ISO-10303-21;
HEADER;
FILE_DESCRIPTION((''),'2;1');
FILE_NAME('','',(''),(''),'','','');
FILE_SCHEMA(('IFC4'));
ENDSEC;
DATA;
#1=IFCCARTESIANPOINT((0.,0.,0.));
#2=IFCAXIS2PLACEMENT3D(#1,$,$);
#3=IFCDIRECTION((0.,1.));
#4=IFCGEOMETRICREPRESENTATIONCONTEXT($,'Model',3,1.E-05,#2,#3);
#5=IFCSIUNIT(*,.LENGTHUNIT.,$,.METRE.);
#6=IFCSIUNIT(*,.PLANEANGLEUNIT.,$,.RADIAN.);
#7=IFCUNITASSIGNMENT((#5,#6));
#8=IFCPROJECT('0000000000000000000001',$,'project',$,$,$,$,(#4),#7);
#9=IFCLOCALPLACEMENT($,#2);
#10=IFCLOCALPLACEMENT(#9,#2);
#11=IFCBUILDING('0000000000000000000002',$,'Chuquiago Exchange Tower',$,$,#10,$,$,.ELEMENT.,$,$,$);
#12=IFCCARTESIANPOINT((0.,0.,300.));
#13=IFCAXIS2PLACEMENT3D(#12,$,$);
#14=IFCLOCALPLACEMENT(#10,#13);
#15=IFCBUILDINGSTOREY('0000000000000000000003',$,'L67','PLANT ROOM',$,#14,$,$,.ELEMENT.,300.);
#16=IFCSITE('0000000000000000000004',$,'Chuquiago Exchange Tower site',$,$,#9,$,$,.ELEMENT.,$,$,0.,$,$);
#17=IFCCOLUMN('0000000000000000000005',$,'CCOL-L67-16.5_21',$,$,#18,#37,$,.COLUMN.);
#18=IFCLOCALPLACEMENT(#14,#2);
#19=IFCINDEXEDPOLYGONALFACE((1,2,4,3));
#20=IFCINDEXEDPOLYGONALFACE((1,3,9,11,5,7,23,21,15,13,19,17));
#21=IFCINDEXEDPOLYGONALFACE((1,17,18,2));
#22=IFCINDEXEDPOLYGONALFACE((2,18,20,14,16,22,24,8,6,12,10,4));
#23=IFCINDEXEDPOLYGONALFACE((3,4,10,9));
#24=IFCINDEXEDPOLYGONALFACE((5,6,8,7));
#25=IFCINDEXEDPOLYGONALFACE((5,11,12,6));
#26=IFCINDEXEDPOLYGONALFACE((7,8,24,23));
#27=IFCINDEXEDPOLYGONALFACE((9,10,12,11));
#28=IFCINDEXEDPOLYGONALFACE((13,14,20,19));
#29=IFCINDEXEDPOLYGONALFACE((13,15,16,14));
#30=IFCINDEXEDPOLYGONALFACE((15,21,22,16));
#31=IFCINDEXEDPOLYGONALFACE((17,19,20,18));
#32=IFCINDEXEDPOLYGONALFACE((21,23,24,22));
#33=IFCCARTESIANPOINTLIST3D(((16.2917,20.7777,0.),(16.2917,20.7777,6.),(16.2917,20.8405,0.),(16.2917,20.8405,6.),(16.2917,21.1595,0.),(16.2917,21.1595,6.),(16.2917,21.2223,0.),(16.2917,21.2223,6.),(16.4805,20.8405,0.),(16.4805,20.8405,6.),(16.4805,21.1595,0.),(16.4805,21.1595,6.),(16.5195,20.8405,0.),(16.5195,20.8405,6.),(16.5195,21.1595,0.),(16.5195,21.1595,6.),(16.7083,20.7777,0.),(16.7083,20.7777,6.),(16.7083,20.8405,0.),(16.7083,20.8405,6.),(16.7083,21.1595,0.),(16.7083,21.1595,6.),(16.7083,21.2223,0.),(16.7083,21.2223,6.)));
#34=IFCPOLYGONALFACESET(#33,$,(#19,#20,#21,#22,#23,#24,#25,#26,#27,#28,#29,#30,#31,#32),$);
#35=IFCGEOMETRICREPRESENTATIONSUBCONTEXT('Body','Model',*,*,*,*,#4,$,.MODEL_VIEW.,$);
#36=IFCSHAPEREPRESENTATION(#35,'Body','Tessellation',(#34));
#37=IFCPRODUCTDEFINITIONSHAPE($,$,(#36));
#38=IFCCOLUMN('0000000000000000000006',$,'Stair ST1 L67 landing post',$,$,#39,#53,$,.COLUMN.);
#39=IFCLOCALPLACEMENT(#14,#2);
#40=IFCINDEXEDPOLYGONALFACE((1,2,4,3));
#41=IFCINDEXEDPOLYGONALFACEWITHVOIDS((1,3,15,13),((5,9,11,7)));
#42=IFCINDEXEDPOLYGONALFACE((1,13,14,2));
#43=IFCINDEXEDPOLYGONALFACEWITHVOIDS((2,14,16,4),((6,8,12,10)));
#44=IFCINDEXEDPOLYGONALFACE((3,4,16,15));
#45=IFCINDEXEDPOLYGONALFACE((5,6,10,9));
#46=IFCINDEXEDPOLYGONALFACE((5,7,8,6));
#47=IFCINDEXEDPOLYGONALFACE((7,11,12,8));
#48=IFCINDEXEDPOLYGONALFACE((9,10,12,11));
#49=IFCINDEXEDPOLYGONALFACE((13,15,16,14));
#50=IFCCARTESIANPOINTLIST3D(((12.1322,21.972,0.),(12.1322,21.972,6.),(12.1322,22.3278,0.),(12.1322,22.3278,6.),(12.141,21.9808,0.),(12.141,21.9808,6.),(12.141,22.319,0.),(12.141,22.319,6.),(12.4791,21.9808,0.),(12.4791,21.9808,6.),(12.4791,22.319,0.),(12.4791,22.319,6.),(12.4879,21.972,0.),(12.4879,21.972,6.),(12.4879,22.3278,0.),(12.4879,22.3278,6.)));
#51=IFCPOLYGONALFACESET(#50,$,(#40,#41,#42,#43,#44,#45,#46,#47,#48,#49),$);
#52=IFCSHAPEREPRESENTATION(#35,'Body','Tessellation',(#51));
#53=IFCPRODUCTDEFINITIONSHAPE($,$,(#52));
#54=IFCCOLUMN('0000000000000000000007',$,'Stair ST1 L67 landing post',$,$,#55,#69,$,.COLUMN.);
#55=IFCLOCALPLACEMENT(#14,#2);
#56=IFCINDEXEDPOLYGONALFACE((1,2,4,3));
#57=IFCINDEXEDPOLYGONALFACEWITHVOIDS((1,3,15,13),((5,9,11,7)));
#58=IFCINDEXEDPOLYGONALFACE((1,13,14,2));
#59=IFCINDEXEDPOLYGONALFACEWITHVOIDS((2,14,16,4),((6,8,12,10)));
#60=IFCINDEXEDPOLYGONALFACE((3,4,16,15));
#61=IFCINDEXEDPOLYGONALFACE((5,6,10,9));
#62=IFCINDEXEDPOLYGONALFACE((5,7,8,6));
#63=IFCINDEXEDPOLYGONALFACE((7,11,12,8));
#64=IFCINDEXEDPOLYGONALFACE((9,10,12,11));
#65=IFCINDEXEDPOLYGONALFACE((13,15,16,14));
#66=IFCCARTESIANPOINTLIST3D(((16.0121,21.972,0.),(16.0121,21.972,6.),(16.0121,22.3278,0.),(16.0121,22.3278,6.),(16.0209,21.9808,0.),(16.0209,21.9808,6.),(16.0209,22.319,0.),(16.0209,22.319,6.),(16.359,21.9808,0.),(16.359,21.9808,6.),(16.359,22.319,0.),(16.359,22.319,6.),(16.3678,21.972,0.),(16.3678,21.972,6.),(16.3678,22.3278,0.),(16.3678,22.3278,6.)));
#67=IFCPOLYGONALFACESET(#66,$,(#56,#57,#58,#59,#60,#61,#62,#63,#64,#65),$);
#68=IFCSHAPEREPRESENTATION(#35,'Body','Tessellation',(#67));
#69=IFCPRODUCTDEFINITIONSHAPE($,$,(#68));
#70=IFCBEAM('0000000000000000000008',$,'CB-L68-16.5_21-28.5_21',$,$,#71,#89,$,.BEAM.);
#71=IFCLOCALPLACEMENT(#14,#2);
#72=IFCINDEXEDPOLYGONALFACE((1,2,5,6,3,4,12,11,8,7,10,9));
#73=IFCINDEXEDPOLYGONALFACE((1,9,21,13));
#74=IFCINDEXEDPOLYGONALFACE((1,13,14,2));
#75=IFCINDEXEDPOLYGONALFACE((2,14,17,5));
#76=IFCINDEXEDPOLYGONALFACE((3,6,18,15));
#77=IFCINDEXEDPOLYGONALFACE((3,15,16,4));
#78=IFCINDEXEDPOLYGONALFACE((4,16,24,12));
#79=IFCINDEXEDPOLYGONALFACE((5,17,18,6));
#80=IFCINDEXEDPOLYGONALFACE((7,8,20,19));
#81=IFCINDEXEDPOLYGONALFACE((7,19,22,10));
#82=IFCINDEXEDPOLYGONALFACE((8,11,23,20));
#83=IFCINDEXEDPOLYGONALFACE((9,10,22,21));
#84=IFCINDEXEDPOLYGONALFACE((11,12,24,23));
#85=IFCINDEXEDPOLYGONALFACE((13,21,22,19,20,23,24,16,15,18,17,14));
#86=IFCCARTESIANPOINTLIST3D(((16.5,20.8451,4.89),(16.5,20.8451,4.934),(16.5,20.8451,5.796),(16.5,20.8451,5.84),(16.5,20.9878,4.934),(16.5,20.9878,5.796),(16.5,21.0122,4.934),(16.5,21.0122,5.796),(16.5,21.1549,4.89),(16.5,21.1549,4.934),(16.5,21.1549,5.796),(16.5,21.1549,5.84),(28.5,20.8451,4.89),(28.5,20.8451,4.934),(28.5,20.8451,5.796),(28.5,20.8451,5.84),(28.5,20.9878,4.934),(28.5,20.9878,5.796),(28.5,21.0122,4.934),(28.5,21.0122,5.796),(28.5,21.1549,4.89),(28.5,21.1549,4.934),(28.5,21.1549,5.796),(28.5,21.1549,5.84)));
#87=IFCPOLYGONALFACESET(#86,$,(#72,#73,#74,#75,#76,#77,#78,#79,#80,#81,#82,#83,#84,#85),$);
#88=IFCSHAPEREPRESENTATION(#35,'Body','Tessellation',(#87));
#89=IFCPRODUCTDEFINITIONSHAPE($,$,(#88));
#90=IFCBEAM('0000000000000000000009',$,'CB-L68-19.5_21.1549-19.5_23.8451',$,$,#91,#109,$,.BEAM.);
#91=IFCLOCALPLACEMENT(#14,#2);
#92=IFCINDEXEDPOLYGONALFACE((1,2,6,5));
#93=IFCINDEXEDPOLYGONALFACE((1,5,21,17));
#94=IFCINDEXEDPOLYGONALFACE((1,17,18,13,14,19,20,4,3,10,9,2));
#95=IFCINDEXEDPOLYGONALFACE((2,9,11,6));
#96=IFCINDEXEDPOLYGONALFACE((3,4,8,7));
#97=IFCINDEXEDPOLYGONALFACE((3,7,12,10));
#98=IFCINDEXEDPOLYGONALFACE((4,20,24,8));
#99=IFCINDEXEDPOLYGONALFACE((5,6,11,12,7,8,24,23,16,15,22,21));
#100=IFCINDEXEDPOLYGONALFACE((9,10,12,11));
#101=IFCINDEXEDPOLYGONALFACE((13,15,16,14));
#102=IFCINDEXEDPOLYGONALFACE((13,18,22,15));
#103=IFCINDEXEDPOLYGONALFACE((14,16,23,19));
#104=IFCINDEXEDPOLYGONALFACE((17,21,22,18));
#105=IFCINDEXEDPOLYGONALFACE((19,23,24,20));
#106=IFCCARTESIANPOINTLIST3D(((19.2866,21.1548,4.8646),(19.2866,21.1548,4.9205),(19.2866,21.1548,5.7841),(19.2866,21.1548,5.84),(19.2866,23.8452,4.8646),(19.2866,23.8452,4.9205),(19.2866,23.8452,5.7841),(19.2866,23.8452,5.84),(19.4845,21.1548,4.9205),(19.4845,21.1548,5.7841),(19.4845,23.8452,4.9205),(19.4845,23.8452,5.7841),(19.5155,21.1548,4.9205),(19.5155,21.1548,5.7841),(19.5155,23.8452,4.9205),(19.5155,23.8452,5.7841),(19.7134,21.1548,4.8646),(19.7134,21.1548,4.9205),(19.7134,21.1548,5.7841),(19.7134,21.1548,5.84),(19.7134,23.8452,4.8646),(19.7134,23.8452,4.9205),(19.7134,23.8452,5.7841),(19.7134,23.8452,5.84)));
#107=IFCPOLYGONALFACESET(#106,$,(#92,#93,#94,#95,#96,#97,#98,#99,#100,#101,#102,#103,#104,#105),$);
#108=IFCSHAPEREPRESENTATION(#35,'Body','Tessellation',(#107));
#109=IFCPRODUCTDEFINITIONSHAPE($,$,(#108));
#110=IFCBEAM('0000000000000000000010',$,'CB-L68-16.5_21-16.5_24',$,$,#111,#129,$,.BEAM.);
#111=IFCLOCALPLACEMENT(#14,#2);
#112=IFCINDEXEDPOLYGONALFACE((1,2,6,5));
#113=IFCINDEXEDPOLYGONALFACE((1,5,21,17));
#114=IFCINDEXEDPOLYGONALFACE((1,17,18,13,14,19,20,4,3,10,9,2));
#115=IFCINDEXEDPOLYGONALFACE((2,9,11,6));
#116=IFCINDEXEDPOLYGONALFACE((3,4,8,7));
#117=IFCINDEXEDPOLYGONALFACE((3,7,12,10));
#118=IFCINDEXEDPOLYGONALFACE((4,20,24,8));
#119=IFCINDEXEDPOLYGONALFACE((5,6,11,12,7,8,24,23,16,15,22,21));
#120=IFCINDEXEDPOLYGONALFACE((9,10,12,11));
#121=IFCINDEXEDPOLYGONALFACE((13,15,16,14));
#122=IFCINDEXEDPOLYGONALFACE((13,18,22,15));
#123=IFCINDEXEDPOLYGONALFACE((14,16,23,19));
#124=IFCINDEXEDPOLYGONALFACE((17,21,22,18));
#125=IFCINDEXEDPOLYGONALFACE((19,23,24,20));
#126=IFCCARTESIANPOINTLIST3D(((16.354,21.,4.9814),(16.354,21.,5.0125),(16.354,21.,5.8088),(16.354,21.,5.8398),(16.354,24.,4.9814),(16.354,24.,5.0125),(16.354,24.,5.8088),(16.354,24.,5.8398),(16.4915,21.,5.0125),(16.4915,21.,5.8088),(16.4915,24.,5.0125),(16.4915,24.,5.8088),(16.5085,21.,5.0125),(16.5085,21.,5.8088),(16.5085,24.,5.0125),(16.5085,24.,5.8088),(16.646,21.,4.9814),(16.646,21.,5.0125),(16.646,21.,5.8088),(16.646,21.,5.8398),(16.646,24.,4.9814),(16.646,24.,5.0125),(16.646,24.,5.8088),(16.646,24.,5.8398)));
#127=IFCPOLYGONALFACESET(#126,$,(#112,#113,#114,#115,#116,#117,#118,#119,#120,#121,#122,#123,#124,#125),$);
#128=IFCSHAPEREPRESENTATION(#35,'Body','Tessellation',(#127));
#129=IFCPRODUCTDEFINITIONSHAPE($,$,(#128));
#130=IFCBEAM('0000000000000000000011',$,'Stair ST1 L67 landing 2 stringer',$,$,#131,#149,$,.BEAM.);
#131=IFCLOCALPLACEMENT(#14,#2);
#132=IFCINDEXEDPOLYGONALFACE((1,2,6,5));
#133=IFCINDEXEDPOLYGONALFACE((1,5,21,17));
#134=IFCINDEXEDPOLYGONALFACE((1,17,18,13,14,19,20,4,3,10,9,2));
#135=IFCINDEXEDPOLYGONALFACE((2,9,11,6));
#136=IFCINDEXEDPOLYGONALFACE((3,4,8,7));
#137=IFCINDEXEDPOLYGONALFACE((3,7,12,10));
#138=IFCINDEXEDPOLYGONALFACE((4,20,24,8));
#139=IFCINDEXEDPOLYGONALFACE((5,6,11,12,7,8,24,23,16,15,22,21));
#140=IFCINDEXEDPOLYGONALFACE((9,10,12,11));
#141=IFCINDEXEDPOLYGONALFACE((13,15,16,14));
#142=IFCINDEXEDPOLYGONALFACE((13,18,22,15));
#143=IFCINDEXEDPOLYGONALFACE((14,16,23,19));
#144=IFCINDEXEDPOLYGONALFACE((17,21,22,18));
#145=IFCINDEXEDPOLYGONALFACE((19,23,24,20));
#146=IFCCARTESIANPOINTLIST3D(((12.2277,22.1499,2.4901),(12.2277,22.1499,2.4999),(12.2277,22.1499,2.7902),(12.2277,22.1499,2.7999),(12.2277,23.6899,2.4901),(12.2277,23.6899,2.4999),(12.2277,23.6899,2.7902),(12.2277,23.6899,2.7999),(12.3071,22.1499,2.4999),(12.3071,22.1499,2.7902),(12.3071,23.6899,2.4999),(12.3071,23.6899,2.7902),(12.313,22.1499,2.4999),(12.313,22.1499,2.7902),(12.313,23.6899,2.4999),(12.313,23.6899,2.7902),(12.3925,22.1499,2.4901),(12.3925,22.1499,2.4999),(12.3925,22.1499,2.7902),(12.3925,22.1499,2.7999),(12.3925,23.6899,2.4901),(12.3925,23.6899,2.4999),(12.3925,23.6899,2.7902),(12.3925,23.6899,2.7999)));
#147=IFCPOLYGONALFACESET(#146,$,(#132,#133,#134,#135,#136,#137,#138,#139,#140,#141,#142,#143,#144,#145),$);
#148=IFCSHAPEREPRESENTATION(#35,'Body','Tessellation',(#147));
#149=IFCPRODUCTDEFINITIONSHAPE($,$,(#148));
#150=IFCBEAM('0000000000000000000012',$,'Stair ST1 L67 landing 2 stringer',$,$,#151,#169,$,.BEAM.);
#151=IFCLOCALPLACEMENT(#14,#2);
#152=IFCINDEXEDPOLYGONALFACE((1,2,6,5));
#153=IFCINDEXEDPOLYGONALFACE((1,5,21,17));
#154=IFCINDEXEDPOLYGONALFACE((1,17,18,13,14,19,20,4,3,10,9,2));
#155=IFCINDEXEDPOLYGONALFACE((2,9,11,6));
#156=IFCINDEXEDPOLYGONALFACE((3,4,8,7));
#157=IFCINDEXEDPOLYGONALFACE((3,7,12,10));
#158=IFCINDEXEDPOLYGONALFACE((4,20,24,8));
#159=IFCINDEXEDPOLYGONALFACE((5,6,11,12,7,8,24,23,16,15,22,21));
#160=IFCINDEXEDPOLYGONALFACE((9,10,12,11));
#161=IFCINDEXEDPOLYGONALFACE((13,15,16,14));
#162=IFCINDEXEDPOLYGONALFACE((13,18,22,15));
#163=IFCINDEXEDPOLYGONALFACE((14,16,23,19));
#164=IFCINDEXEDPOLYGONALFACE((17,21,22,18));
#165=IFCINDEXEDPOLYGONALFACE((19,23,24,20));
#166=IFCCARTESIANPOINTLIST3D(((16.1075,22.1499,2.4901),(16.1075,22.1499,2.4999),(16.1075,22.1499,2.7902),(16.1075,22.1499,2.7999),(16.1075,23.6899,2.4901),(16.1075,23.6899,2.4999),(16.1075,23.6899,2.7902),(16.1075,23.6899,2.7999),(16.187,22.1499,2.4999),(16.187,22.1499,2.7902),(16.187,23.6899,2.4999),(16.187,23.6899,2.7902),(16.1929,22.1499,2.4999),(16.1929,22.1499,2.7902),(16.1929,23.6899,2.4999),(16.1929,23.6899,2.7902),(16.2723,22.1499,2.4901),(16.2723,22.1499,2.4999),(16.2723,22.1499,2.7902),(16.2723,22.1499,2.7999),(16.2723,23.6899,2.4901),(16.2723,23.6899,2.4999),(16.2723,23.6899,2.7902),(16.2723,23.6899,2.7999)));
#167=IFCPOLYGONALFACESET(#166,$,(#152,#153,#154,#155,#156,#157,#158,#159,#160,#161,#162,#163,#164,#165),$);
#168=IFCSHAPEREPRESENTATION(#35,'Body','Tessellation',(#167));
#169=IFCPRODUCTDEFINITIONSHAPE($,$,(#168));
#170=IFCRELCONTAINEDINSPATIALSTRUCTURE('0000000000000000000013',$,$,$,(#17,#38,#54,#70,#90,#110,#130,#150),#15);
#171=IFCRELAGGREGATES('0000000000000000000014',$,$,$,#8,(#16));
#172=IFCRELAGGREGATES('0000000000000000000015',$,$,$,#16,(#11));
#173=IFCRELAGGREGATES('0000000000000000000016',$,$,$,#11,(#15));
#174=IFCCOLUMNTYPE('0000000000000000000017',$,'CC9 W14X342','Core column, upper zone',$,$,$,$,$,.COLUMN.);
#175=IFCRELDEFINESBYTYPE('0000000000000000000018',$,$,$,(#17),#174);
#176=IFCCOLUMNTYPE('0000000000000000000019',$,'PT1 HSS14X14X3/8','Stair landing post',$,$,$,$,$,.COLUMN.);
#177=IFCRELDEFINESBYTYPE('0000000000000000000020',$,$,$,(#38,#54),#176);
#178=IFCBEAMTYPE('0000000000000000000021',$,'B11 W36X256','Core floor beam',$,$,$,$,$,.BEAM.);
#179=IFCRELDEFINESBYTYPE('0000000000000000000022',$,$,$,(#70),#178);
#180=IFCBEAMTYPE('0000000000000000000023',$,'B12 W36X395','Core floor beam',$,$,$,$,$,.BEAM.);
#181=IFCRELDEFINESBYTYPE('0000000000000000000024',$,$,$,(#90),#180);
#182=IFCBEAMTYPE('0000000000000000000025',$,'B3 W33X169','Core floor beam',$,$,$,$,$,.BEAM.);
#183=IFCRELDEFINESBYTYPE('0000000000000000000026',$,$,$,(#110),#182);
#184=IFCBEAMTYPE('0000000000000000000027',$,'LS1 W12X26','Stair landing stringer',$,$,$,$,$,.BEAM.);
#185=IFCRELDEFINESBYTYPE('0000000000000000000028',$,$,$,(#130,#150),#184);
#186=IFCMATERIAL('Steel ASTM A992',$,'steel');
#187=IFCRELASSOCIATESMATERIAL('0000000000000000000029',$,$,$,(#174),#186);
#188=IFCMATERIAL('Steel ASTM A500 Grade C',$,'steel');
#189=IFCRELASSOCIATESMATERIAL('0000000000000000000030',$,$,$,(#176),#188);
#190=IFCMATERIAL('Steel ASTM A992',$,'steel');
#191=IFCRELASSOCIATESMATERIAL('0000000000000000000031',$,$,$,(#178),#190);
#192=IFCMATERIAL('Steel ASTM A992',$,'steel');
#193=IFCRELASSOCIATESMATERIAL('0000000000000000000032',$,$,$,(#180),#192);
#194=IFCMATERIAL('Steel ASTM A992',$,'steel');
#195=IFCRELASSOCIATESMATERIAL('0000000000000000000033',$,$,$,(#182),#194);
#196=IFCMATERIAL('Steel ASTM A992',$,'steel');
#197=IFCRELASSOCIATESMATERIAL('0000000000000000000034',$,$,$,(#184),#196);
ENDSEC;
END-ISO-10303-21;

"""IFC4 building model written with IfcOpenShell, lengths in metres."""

from ifc_helpers import new_model, si_unit, direction, frame, origin, origin_2d, place, context, subcontext, project, spatial, hollow_rectangle, i_section, extrude, material, material_profile, profile_set, type_object, element, save


model = new_model("IFC4")

# Units and contexts
model_context = context("Model", 3, precision=1e-05, world=origin(), true_north=direction((0.0, 1.0)))
body_context = subcontext(model_context, "Body", "Model", "MODEL_VIEW")
ifc_project = project(units=[si_unit("LENGTHUNIT", "METRE"), si_unit("PLANEANGLEUNIT", "RADIAN")], contexts=[model_context])

# Site, building, storey
site_placement = place(None, origin())
site = spatial("IfcSite", under=ifc_project, at=site_placement, Name="Chuquiago Exchange Tower site", CompositionType="ELEMENT", RefElevation=0.0)
building_placement = place(site_placement, origin())
building = spatial("IfcBuilding", under=site, at=building_placement, Name="Chuquiago Exchange Tower", CompositionType="ELEMENT")
storey_placement = place(building_placement, frame((0.0, 0.0, 300.0)))
storey = spatial("IfcBuildingStorey", under=building, at=storey_placement, Name="L67", Description="PLANT ROOM", CompositionType="ELEMENT", Elevation=300.0)

# Columns
ifc_material_1 = material(Name="Steel ASTM A992", Category="steel")
ifc_material_profile_1 = material_profile(ifc_material_1, i_section(OverallWidth=0.4165, OverallDepth=0.4446, WebThickness=0.0391, FlangeThickness=0.0627, at=origin_2d()), Name="W14X342")
ifc_profile_set_1 = profile_set([ifc_material_profile_1], Name="Steel ASTM A992")
column_type_1 = type_object("IfcColumnType", Name="CC9 W14X342", Description="Core column, upper zone", PredefinedType="COLUMN", material=ifc_profile_set_1)
column_placement = place(storey_placement, frame((16.5, 21.0, 0.0), z_axis=(0.0, 0.0, 1.0), x_axis=(1.0, 0.0, 0.0)))
element("IfcColumn", 1, at=column_placement, inside=storey, type_object=column_type_1, Name="CCOL-L67-16.5_21", PredefinedType="COLUMN", context=body_context, shape_type="SweptSolid", body=[
    extrude(i_section(OverallWidth=0.4165, OverallDepth=0.4446, WebThickness=0.0391, FlangeThickness=0.0627, at=origin_2d()), origin(), (0.0, 0.0, 1.0), 6.0),
])
ifc_material_2 = material(Name="Steel ASTM A500 Grade C", Category="steel")
ifc_material_profile_2 = material_profile(ifc_material_2, hollow_rectangle(XDim=0.3557, YDim=0.3557, WallThickness=0.0088, at=origin_2d()), Name="HSS14X14X3/8")
ifc_profile_set_2 = profile_set([ifc_material_profile_2], Name="Steel ASTM A500 Grade C")
column_type_2 = type_object("IfcColumnType", Name="PT1 HSS14X14X3/8", Description="Stair landing post", PredefinedType="COLUMN", material=ifc_profile_set_2)
for number, where, z_axis, x_axis, name in (
    (2, (12.3101, 22.1499, 0.0), (0.0, 0.0, 1.0), (1.0, 0.0, 0.0), "Stair ST1 L67 landing post"),
    (3, (16.1899, 22.1499, 0.0), (0.0, 0.0, 1.0), (1.0, 0.0, 0.0), "Stair ST1 L67 landing post"),
):
    element("IfcColumn", number, at=place(storey_placement, frame(where, z_axis=z_axis, x_axis=x_axis)), inside=storey, type_object=column_type_2, Name=name, PredefinedType="COLUMN", context=body_context, shape_type="SweptSolid", body=[
        extrude(hollow_rectangle(XDim=0.3557, YDim=0.3557, WallThickness=0.0088, at=origin_2d()), origin(), (0.0, 0.0, 1.0), 6.0),
    ])

# Beams
ifc_material_3 = material(Name="Steel ASTM A992", Category="steel")
ifc_material_profile_3 = material_profile(ifc_material_3, i_section(OverallWidth=0.3098, OverallDepth=0.95, WebThickness=0.0244, FlangeThickness=0.0439, at=origin_2d()), Name="W36X256")
ifc_profile_set_3 = profile_set([ifc_material_profile_3], Name="Steel ASTM A992")
beam_type_1 = type_object("IfcBeamType", Name="B11 W36X256", Description="Core floor beam", PredefinedType="BEAM", material=ifc_profile_set_3)
beam_1_placement = place(storey_placement, frame((16.5, 21.0, 5.365), z_axis=(1.0, 0.0, 0.0), x_axis=(0.0, 1.0, 0.0)))
element("IfcBeam", 4, at=beam_1_placement, inside=storey, type_object=beam_type_1, Name="CB-L68-16.5_21-28.5_21", PredefinedType="BEAM", context=body_context, shape_type="SweptSolid", body=[
    extrude(i_section(OverallWidth=0.3098, OverallDepth=0.95, WebThickness=0.0244, FlangeThickness=0.0439, at=origin_2d()), origin(), (0.0, 0.0, 1.0), 12.0),
])
ifc_material_4 = material(Name="Steel ASTM A992", Category="steel")
ifc_material_profile_4 = material_profile(ifc_material_4, i_section(OverallWidth=0.4268, OverallDepth=0.9753, WebThickness=0.031, FlangeThickness=0.0559, at=origin_2d()), Name="W36X395")
ifc_profile_set_4 = profile_set([ifc_material_profile_4], Name="Steel ASTM A992")
beam_type_2 = type_object("IfcBeamType", Name="B12 W36X395", Description="Core floor beam", PredefinedType="BEAM", material=ifc_profile_set_4)
beam_2_placement = place(storey_placement, frame((19.5, 21.1548, 5.3523), z_axis=(0.0, 1.0, 0.0), x_axis=(-1.0, 0.0, 0.0)))
element("IfcBeam", 5, at=beam_2_placement, inside=storey, type_object=beam_type_2, Name="CB-L68-19.5_21.1549-19.5_23.8451", PredefinedType="BEAM", context=body_context, shape_type="SweptSolid", body=[
    extrude(i_section(OverallWidth=0.4268, OverallDepth=0.9753, WebThickness=0.031, FlangeThickness=0.0559, at=origin_2d()), origin(), (0.0, 0.0, 1.0), 2.6904),
])
ifc_material_5 = material(Name="Steel ASTM A992", Category="steel")
ifc_material_profile_5 = material_profile(ifc_material_5, i_section(OverallWidth=0.292, OverallDepth=0.8584, WebThickness=0.0171, FlangeThickness=0.031, at=origin_2d()), Name="W33X169")
ifc_profile_set_5 = profile_set([ifc_material_profile_5], Name="Steel ASTM A992")
beam_type_3 = type_object("IfcBeamType", Name="B3 W33X169", Description="Core floor beam", PredefinedType="BEAM", material=ifc_profile_set_5)
beam_3_placement = place(storey_placement, frame((16.5, 21.0, 5.4106), z_axis=(0.0, 1.0, 0.0), x_axis=(-1.0, 0.0, 0.0)))
element("IfcBeam", 6, at=beam_3_placement, inside=storey, type_object=beam_type_3, Name="CB-L68-16.5_21-16.5_24", PredefinedType="BEAM", context=body_context, shape_type="SweptSolid", body=[
    extrude(i_section(OverallWidth=0.292, OverallDepth=0.8584, WebThickness=0.0171, FlangeThickness=0.031, at=origin_2d()), origin(), (0.0, 0.0, 1.0), 3.0),
])
ifc_material_6 = material(Name="Steel ASTM A992", Category="steel")
ifc_material_profile_6 = material_profile(ifc_material_6, i_section(OverallWidth=0.1648, OverallDepth=0.3098, WebThickness=0.0059, FlangeThickness=0.0098, at=origin_2d()), Name="W12X26")
ifc_profile_set_6 = profile_set([ifc_material_profile_6], Name="Steel ASTM A992")
beam_type_4 = type_object("IfcBeamType", Name="LS1 W12X26", Description="Stair landing stringer", PredefinedType="BEAM", material=ifc_profile_set_6)
for number, where, z_axis, x_axis, name in (
    (7, (12.3101, 22.1499, 2.645), (0.0, 1.0, 0.0), (-1.0, 0.0, 0.0), "Stair ST1 L67 landing 2 stringer"),
    (8, (16.1899, 22.1499, 2.645), (0.0, 1.0, 0.0), (-1.0, 0.0, 0.0), "Stair ST1 L67 landing 2 stringer"),
):
    element("IfcBeam", number, at=place(storey_placement, frame(where, z_axis=z_axis, x_axis=x_axis)), inside=storey, type_object=beam_type_4, Name=name, PredefinedType="BEAM", context=body_context, shape_type="SweptSolid", body=[
        extrude(i_section(OverallWidth=0.1648, OverallDepth=0.3098, WebThickness=0.0059, FlangeThickness=0.0098, at=origin_2d()), origin(), (0.0, 0.0, 1.0), 1.54),
    ])

save(model, "model.ifc")
